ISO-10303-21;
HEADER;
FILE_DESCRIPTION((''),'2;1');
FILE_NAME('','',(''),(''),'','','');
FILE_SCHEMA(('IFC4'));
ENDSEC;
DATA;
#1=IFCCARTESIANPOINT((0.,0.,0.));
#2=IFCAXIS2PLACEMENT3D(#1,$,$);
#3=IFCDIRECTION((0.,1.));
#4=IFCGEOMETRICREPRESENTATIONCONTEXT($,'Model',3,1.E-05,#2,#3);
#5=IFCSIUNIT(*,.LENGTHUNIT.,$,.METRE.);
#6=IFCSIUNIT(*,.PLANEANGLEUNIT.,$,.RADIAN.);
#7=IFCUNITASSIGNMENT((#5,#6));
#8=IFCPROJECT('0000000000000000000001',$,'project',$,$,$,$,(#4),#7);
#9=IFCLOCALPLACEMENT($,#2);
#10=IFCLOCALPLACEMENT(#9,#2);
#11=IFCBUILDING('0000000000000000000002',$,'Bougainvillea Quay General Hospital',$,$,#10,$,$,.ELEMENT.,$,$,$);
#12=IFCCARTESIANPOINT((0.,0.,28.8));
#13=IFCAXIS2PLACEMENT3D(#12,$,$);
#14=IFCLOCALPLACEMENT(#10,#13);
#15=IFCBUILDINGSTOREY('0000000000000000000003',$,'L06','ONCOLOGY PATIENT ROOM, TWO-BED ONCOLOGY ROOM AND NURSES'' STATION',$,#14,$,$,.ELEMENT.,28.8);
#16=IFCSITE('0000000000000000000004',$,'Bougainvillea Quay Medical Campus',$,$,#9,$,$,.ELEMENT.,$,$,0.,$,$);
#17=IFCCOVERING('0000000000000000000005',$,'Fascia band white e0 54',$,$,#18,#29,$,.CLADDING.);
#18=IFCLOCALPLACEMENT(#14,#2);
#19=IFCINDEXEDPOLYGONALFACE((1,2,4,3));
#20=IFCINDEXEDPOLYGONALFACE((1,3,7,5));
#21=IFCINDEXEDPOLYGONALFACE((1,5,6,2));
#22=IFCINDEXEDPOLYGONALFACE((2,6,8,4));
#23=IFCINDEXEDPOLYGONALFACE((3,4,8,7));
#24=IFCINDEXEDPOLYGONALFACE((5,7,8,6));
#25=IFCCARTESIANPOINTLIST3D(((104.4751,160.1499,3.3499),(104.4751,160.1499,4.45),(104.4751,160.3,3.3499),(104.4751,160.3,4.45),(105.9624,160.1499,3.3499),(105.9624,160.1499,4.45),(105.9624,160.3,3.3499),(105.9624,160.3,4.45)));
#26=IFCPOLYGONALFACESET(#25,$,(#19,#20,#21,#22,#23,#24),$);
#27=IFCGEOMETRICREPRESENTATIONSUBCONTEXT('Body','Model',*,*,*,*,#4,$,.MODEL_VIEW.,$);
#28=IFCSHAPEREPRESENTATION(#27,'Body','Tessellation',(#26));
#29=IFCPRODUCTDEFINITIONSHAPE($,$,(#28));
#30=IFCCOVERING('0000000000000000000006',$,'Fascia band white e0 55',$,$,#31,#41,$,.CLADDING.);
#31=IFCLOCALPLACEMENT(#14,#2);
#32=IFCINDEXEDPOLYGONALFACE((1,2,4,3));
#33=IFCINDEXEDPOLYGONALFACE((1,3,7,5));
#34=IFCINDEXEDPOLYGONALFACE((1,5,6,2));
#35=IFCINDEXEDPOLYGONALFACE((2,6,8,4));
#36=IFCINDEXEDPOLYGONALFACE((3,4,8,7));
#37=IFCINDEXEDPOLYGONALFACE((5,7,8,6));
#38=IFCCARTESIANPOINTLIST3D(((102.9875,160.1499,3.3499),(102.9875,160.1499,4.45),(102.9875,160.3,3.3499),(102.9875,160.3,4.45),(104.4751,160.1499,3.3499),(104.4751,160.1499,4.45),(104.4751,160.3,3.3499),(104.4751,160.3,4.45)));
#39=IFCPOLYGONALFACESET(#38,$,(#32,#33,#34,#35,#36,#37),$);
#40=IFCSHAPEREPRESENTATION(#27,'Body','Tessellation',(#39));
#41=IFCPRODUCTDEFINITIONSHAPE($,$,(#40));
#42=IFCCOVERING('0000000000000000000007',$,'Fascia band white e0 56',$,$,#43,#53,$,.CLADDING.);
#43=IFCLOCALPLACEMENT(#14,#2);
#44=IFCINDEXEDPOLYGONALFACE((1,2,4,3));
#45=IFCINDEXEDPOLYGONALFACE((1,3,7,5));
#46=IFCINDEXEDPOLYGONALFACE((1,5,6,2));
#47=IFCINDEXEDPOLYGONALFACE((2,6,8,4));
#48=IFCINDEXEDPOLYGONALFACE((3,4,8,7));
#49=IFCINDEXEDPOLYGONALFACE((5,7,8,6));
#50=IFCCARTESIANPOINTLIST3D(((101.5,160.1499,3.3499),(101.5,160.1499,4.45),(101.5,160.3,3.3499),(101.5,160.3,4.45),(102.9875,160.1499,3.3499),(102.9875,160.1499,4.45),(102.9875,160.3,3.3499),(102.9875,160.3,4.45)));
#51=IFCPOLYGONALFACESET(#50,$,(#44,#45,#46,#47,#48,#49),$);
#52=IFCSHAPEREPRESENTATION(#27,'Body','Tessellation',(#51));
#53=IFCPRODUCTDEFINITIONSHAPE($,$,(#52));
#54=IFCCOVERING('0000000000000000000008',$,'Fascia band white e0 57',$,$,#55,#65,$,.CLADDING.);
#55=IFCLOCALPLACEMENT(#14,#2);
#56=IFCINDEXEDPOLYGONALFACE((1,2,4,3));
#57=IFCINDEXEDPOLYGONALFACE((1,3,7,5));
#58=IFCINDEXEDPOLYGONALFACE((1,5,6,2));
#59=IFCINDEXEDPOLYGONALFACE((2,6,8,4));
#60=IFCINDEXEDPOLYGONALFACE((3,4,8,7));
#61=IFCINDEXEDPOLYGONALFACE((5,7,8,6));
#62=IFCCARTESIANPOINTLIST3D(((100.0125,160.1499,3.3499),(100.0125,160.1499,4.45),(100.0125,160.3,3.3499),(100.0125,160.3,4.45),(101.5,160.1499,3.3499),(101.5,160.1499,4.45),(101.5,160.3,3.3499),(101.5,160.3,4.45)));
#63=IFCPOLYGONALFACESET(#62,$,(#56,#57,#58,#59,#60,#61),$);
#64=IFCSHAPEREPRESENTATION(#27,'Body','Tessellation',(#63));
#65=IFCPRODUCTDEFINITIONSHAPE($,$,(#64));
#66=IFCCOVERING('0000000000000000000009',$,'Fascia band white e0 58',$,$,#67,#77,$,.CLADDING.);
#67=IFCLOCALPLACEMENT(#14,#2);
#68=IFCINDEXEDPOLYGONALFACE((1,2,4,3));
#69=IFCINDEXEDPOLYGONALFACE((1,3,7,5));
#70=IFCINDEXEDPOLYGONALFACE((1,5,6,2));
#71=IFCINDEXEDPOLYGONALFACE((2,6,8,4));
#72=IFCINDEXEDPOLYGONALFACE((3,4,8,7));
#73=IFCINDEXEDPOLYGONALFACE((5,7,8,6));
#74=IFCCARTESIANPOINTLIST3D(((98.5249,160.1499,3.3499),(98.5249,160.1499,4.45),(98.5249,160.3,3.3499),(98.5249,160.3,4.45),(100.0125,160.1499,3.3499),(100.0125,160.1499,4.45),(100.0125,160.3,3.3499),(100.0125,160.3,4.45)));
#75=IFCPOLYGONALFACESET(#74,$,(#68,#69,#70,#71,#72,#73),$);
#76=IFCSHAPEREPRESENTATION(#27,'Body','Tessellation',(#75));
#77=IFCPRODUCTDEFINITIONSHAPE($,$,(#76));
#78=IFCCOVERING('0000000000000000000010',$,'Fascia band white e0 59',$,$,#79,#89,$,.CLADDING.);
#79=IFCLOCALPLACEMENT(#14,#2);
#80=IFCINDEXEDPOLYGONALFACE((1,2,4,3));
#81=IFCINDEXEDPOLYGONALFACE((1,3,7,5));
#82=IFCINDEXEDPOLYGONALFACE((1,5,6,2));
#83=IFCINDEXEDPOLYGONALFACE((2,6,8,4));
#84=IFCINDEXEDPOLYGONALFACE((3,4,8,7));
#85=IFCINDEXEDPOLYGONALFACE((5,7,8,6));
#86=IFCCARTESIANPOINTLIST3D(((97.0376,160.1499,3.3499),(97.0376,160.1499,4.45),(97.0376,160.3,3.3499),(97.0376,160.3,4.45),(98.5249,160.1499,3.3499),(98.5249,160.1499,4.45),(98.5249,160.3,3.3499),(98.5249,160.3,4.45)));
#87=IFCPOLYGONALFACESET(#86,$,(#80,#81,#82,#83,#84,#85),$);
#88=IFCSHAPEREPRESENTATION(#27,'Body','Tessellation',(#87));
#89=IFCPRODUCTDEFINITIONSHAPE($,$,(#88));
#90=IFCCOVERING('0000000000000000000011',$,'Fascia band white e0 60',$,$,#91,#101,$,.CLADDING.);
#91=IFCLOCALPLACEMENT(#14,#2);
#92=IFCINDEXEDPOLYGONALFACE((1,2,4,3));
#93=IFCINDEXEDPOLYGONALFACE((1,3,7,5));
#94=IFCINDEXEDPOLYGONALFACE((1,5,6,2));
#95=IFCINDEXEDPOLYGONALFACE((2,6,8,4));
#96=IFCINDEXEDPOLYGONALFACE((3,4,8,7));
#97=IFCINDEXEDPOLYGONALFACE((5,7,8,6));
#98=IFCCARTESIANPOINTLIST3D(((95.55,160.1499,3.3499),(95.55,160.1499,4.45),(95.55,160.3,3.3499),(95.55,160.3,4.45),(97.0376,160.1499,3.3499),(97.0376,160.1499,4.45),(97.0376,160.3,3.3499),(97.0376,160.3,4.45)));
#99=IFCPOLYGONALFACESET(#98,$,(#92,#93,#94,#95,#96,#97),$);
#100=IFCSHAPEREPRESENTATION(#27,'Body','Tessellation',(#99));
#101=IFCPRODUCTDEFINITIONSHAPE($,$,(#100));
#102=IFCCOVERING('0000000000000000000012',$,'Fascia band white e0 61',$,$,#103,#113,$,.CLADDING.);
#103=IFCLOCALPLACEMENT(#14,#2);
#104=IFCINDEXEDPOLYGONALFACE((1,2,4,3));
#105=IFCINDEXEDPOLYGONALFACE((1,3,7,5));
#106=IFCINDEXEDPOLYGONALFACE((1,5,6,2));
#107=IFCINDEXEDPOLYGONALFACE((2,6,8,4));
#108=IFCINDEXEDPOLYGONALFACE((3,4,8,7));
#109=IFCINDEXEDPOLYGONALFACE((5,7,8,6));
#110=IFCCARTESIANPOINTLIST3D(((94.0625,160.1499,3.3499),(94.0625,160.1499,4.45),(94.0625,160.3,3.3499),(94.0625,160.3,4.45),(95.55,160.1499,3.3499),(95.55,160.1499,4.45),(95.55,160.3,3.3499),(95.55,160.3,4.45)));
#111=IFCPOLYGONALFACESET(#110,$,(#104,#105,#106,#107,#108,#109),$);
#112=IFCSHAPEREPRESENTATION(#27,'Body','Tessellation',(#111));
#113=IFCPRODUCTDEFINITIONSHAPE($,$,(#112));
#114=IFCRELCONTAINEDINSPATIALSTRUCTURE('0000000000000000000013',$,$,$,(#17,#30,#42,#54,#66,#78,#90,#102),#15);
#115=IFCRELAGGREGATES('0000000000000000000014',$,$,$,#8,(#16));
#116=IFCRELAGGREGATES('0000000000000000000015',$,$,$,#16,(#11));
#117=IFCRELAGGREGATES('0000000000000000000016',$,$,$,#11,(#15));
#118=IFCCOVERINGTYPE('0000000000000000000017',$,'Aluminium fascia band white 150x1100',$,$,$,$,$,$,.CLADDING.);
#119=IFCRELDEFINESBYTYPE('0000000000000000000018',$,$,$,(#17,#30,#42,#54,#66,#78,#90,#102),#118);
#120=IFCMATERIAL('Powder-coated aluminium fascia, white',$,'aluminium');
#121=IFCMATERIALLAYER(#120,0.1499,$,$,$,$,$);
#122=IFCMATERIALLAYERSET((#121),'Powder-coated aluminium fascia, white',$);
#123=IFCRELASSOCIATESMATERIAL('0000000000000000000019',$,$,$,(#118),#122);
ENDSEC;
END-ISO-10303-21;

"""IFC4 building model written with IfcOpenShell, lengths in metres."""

from ifc_helpers import new_model, si_unit, direction, frame, origin, place, context, subcontext, project, spatial, polyline, outline, extrude, material, layer, layer_set, type_object, element, save


model = new_model("IFC4")

# Units and contexts
model_context = context("Model", 3, precision=1e-05, world=origin(), true_north=direction((0.0, 1.0)))
body_context = subcontext(model_context, "Body", "Model", "MODEL_VIEW")
ifc_project = project(units=[si_unit("LENGTHUNIT", "METRE"), si_unit("PLANEANGLEUNIT", "RADIAN")], contexts=[model_context])

# Site, building, storey
site_placement = place(None, origin())
site = spatial("IfcSite", under=ifc_project, at=site_placement, Name="Bougainvillea Quay Medical Campus", CompositionType="ELEMENT", RefElevation=0.0)
building_placement = place(site_placement, origin())
building = spatial("IfcBuilding", under=site, at=building_placement, Name="Bougainvillea Quay General Hospital", CompositionType="ELEMENT")
storey_placement = place(building_placement, frame((0.0, 0.0, 28.8)))
storey = spatial("IfcBuildingStorey", under=building, at=storey_placement, Name="L06", Description="ONCOLOGY PATIENT ROOM, TWO-BED ONCOLOGY ROOM AND NURSES' STATION", CompositionType="ELEMENT", Elevation=28.8)

# Coverings
ifc_material_1 = material(Name="Powder-coated aluminium fascia, white", Category="aluminium")
ifc_layer_1 = layer(ifc_material_1, 0.1499)
ifc_layer_set_1 = layer_set([ifc_layer_1], Name="Powder-coated aluminium fascia, white")
covering_type = type_object("IfcCoveringType", Name="Aluminium fascia band white 150x1100", PredefinedType="CLADDING", material=ifc_layer_set_1)
covering_1_placement = place(storey_placement, frame((105.9624, 160.1499, 3.3499), z_axis=(0.0, 0.0, 1.0), x_axis=(-1.0, 0.0, 0.0)))
element("IfcCovering", 1, at=covering_1_placement, inside=storey, type_object=covering_type, Name="Fascia band white e0 54", PredefinedType="CLADDING", context=body_context, shape_type="SweptSolid", body=[
    extrude(outline(polyline([(0.0, 0.0), (1.4873, 0.0), (1.4873, -0.1501), (0.0, -0.1501), (0.0, 0.0)])), origin(), (0.0, 0.0, 1.0), 1.1001),
])
for number, where, z_axis, x_axis, name in (
    (2, (104.4751, 160.1499, 3.3499), (0.0, 0.0, 1.0), (-1.0, 0.0, 0.0), "Fascia band white e0 55"),
    (3, (102.9875, 160.1499, 3.3499), (0.0, 0.0, 1.0), (-1.0, 0.0, 0.0), "Fascia band white e0 56"),
    (4, (101.5, 160.1499, 3.3499), (0.0, 0.0, 1.0), (-1.0, 0.0, 0.0), "Fascia band white e0 57"),
    (5, (100.0125, 160.1499, 3.3499), (0.0, 0.0, 1.0), (-1.0, 0.0, 0.0), "Fascia band white e0 58"),
):
    element("IfcCovering", number, at=place(storey_placement, frame(where, z_axis=z_axis, x_axis=x_axis)), inside=storey, type_object=covering_type, Name=name, PredefinedType="CLADDING", context=body_context, shape_type="SweptSolid", body=[
        extrude(outline(polyline([(0.0, 0.0), (1.4875, 0.0), (1.4875, -0.1501), (0.0, -0.1501), (0.0, 0.0)])), origin(), (0.0, 0.0, 1.0), 1.1001),
    ])
covering_2_placement = place(storey_placement, frame((98.5249, 160.1499, 3.3499), z_axis=(0.0, 0.0, 1.0), x_axis=(-1.0, 0.0, 0.0)))
element("IfcCovering", 6, at=covering_2_placement, inside=storey, type_object=covering_type, Name="Fascia band white e0 59", PredefinedType="CLADDING", context=body_context, shape_type="SweptSolid", body=[
    extrude(outline(polyline([(0.0, 0.0), (1.4873, 0.0), (1.4873, -0.1501), (0.0, -0.1501), (0.0, 0.0)])), origin(), (0.0, 0.0, 1.0), 1.1001),
])
for number, where, z_axis, x_axis, name in (
    (7, (97.0376, 160.1499, 3.3499), (0.0, 0.0, 1.0), (-1.0, 0.0, 0.0), "Fascia band white e0 60"),
    (8, (95.55, 160.1499, 3.3499), (0.0, 0.0, 1.0), (-1.0, 0.0, 0.0), "Fascia band white e0 61"),
):
    element("IfcCovering", number, at=place(storey_placement, frame(where, z_axis=z_axis, x_axis=x_axis)), inside=storey, type_object=covering_type, Name=name, PredefinedType="CLADDING", context=body_context, shape_type="SweptSolid", body=[
        extrude(outline(polyline([(0.0, 0.0), (1.4875, 0.0), (1.4875, -0.1501), (0.0, -0.1501), (0.0, 0.0)])), origin(), (0.0, 0.0, 1.0), 1.1001),
    ])

save(model, "model.ifc")
